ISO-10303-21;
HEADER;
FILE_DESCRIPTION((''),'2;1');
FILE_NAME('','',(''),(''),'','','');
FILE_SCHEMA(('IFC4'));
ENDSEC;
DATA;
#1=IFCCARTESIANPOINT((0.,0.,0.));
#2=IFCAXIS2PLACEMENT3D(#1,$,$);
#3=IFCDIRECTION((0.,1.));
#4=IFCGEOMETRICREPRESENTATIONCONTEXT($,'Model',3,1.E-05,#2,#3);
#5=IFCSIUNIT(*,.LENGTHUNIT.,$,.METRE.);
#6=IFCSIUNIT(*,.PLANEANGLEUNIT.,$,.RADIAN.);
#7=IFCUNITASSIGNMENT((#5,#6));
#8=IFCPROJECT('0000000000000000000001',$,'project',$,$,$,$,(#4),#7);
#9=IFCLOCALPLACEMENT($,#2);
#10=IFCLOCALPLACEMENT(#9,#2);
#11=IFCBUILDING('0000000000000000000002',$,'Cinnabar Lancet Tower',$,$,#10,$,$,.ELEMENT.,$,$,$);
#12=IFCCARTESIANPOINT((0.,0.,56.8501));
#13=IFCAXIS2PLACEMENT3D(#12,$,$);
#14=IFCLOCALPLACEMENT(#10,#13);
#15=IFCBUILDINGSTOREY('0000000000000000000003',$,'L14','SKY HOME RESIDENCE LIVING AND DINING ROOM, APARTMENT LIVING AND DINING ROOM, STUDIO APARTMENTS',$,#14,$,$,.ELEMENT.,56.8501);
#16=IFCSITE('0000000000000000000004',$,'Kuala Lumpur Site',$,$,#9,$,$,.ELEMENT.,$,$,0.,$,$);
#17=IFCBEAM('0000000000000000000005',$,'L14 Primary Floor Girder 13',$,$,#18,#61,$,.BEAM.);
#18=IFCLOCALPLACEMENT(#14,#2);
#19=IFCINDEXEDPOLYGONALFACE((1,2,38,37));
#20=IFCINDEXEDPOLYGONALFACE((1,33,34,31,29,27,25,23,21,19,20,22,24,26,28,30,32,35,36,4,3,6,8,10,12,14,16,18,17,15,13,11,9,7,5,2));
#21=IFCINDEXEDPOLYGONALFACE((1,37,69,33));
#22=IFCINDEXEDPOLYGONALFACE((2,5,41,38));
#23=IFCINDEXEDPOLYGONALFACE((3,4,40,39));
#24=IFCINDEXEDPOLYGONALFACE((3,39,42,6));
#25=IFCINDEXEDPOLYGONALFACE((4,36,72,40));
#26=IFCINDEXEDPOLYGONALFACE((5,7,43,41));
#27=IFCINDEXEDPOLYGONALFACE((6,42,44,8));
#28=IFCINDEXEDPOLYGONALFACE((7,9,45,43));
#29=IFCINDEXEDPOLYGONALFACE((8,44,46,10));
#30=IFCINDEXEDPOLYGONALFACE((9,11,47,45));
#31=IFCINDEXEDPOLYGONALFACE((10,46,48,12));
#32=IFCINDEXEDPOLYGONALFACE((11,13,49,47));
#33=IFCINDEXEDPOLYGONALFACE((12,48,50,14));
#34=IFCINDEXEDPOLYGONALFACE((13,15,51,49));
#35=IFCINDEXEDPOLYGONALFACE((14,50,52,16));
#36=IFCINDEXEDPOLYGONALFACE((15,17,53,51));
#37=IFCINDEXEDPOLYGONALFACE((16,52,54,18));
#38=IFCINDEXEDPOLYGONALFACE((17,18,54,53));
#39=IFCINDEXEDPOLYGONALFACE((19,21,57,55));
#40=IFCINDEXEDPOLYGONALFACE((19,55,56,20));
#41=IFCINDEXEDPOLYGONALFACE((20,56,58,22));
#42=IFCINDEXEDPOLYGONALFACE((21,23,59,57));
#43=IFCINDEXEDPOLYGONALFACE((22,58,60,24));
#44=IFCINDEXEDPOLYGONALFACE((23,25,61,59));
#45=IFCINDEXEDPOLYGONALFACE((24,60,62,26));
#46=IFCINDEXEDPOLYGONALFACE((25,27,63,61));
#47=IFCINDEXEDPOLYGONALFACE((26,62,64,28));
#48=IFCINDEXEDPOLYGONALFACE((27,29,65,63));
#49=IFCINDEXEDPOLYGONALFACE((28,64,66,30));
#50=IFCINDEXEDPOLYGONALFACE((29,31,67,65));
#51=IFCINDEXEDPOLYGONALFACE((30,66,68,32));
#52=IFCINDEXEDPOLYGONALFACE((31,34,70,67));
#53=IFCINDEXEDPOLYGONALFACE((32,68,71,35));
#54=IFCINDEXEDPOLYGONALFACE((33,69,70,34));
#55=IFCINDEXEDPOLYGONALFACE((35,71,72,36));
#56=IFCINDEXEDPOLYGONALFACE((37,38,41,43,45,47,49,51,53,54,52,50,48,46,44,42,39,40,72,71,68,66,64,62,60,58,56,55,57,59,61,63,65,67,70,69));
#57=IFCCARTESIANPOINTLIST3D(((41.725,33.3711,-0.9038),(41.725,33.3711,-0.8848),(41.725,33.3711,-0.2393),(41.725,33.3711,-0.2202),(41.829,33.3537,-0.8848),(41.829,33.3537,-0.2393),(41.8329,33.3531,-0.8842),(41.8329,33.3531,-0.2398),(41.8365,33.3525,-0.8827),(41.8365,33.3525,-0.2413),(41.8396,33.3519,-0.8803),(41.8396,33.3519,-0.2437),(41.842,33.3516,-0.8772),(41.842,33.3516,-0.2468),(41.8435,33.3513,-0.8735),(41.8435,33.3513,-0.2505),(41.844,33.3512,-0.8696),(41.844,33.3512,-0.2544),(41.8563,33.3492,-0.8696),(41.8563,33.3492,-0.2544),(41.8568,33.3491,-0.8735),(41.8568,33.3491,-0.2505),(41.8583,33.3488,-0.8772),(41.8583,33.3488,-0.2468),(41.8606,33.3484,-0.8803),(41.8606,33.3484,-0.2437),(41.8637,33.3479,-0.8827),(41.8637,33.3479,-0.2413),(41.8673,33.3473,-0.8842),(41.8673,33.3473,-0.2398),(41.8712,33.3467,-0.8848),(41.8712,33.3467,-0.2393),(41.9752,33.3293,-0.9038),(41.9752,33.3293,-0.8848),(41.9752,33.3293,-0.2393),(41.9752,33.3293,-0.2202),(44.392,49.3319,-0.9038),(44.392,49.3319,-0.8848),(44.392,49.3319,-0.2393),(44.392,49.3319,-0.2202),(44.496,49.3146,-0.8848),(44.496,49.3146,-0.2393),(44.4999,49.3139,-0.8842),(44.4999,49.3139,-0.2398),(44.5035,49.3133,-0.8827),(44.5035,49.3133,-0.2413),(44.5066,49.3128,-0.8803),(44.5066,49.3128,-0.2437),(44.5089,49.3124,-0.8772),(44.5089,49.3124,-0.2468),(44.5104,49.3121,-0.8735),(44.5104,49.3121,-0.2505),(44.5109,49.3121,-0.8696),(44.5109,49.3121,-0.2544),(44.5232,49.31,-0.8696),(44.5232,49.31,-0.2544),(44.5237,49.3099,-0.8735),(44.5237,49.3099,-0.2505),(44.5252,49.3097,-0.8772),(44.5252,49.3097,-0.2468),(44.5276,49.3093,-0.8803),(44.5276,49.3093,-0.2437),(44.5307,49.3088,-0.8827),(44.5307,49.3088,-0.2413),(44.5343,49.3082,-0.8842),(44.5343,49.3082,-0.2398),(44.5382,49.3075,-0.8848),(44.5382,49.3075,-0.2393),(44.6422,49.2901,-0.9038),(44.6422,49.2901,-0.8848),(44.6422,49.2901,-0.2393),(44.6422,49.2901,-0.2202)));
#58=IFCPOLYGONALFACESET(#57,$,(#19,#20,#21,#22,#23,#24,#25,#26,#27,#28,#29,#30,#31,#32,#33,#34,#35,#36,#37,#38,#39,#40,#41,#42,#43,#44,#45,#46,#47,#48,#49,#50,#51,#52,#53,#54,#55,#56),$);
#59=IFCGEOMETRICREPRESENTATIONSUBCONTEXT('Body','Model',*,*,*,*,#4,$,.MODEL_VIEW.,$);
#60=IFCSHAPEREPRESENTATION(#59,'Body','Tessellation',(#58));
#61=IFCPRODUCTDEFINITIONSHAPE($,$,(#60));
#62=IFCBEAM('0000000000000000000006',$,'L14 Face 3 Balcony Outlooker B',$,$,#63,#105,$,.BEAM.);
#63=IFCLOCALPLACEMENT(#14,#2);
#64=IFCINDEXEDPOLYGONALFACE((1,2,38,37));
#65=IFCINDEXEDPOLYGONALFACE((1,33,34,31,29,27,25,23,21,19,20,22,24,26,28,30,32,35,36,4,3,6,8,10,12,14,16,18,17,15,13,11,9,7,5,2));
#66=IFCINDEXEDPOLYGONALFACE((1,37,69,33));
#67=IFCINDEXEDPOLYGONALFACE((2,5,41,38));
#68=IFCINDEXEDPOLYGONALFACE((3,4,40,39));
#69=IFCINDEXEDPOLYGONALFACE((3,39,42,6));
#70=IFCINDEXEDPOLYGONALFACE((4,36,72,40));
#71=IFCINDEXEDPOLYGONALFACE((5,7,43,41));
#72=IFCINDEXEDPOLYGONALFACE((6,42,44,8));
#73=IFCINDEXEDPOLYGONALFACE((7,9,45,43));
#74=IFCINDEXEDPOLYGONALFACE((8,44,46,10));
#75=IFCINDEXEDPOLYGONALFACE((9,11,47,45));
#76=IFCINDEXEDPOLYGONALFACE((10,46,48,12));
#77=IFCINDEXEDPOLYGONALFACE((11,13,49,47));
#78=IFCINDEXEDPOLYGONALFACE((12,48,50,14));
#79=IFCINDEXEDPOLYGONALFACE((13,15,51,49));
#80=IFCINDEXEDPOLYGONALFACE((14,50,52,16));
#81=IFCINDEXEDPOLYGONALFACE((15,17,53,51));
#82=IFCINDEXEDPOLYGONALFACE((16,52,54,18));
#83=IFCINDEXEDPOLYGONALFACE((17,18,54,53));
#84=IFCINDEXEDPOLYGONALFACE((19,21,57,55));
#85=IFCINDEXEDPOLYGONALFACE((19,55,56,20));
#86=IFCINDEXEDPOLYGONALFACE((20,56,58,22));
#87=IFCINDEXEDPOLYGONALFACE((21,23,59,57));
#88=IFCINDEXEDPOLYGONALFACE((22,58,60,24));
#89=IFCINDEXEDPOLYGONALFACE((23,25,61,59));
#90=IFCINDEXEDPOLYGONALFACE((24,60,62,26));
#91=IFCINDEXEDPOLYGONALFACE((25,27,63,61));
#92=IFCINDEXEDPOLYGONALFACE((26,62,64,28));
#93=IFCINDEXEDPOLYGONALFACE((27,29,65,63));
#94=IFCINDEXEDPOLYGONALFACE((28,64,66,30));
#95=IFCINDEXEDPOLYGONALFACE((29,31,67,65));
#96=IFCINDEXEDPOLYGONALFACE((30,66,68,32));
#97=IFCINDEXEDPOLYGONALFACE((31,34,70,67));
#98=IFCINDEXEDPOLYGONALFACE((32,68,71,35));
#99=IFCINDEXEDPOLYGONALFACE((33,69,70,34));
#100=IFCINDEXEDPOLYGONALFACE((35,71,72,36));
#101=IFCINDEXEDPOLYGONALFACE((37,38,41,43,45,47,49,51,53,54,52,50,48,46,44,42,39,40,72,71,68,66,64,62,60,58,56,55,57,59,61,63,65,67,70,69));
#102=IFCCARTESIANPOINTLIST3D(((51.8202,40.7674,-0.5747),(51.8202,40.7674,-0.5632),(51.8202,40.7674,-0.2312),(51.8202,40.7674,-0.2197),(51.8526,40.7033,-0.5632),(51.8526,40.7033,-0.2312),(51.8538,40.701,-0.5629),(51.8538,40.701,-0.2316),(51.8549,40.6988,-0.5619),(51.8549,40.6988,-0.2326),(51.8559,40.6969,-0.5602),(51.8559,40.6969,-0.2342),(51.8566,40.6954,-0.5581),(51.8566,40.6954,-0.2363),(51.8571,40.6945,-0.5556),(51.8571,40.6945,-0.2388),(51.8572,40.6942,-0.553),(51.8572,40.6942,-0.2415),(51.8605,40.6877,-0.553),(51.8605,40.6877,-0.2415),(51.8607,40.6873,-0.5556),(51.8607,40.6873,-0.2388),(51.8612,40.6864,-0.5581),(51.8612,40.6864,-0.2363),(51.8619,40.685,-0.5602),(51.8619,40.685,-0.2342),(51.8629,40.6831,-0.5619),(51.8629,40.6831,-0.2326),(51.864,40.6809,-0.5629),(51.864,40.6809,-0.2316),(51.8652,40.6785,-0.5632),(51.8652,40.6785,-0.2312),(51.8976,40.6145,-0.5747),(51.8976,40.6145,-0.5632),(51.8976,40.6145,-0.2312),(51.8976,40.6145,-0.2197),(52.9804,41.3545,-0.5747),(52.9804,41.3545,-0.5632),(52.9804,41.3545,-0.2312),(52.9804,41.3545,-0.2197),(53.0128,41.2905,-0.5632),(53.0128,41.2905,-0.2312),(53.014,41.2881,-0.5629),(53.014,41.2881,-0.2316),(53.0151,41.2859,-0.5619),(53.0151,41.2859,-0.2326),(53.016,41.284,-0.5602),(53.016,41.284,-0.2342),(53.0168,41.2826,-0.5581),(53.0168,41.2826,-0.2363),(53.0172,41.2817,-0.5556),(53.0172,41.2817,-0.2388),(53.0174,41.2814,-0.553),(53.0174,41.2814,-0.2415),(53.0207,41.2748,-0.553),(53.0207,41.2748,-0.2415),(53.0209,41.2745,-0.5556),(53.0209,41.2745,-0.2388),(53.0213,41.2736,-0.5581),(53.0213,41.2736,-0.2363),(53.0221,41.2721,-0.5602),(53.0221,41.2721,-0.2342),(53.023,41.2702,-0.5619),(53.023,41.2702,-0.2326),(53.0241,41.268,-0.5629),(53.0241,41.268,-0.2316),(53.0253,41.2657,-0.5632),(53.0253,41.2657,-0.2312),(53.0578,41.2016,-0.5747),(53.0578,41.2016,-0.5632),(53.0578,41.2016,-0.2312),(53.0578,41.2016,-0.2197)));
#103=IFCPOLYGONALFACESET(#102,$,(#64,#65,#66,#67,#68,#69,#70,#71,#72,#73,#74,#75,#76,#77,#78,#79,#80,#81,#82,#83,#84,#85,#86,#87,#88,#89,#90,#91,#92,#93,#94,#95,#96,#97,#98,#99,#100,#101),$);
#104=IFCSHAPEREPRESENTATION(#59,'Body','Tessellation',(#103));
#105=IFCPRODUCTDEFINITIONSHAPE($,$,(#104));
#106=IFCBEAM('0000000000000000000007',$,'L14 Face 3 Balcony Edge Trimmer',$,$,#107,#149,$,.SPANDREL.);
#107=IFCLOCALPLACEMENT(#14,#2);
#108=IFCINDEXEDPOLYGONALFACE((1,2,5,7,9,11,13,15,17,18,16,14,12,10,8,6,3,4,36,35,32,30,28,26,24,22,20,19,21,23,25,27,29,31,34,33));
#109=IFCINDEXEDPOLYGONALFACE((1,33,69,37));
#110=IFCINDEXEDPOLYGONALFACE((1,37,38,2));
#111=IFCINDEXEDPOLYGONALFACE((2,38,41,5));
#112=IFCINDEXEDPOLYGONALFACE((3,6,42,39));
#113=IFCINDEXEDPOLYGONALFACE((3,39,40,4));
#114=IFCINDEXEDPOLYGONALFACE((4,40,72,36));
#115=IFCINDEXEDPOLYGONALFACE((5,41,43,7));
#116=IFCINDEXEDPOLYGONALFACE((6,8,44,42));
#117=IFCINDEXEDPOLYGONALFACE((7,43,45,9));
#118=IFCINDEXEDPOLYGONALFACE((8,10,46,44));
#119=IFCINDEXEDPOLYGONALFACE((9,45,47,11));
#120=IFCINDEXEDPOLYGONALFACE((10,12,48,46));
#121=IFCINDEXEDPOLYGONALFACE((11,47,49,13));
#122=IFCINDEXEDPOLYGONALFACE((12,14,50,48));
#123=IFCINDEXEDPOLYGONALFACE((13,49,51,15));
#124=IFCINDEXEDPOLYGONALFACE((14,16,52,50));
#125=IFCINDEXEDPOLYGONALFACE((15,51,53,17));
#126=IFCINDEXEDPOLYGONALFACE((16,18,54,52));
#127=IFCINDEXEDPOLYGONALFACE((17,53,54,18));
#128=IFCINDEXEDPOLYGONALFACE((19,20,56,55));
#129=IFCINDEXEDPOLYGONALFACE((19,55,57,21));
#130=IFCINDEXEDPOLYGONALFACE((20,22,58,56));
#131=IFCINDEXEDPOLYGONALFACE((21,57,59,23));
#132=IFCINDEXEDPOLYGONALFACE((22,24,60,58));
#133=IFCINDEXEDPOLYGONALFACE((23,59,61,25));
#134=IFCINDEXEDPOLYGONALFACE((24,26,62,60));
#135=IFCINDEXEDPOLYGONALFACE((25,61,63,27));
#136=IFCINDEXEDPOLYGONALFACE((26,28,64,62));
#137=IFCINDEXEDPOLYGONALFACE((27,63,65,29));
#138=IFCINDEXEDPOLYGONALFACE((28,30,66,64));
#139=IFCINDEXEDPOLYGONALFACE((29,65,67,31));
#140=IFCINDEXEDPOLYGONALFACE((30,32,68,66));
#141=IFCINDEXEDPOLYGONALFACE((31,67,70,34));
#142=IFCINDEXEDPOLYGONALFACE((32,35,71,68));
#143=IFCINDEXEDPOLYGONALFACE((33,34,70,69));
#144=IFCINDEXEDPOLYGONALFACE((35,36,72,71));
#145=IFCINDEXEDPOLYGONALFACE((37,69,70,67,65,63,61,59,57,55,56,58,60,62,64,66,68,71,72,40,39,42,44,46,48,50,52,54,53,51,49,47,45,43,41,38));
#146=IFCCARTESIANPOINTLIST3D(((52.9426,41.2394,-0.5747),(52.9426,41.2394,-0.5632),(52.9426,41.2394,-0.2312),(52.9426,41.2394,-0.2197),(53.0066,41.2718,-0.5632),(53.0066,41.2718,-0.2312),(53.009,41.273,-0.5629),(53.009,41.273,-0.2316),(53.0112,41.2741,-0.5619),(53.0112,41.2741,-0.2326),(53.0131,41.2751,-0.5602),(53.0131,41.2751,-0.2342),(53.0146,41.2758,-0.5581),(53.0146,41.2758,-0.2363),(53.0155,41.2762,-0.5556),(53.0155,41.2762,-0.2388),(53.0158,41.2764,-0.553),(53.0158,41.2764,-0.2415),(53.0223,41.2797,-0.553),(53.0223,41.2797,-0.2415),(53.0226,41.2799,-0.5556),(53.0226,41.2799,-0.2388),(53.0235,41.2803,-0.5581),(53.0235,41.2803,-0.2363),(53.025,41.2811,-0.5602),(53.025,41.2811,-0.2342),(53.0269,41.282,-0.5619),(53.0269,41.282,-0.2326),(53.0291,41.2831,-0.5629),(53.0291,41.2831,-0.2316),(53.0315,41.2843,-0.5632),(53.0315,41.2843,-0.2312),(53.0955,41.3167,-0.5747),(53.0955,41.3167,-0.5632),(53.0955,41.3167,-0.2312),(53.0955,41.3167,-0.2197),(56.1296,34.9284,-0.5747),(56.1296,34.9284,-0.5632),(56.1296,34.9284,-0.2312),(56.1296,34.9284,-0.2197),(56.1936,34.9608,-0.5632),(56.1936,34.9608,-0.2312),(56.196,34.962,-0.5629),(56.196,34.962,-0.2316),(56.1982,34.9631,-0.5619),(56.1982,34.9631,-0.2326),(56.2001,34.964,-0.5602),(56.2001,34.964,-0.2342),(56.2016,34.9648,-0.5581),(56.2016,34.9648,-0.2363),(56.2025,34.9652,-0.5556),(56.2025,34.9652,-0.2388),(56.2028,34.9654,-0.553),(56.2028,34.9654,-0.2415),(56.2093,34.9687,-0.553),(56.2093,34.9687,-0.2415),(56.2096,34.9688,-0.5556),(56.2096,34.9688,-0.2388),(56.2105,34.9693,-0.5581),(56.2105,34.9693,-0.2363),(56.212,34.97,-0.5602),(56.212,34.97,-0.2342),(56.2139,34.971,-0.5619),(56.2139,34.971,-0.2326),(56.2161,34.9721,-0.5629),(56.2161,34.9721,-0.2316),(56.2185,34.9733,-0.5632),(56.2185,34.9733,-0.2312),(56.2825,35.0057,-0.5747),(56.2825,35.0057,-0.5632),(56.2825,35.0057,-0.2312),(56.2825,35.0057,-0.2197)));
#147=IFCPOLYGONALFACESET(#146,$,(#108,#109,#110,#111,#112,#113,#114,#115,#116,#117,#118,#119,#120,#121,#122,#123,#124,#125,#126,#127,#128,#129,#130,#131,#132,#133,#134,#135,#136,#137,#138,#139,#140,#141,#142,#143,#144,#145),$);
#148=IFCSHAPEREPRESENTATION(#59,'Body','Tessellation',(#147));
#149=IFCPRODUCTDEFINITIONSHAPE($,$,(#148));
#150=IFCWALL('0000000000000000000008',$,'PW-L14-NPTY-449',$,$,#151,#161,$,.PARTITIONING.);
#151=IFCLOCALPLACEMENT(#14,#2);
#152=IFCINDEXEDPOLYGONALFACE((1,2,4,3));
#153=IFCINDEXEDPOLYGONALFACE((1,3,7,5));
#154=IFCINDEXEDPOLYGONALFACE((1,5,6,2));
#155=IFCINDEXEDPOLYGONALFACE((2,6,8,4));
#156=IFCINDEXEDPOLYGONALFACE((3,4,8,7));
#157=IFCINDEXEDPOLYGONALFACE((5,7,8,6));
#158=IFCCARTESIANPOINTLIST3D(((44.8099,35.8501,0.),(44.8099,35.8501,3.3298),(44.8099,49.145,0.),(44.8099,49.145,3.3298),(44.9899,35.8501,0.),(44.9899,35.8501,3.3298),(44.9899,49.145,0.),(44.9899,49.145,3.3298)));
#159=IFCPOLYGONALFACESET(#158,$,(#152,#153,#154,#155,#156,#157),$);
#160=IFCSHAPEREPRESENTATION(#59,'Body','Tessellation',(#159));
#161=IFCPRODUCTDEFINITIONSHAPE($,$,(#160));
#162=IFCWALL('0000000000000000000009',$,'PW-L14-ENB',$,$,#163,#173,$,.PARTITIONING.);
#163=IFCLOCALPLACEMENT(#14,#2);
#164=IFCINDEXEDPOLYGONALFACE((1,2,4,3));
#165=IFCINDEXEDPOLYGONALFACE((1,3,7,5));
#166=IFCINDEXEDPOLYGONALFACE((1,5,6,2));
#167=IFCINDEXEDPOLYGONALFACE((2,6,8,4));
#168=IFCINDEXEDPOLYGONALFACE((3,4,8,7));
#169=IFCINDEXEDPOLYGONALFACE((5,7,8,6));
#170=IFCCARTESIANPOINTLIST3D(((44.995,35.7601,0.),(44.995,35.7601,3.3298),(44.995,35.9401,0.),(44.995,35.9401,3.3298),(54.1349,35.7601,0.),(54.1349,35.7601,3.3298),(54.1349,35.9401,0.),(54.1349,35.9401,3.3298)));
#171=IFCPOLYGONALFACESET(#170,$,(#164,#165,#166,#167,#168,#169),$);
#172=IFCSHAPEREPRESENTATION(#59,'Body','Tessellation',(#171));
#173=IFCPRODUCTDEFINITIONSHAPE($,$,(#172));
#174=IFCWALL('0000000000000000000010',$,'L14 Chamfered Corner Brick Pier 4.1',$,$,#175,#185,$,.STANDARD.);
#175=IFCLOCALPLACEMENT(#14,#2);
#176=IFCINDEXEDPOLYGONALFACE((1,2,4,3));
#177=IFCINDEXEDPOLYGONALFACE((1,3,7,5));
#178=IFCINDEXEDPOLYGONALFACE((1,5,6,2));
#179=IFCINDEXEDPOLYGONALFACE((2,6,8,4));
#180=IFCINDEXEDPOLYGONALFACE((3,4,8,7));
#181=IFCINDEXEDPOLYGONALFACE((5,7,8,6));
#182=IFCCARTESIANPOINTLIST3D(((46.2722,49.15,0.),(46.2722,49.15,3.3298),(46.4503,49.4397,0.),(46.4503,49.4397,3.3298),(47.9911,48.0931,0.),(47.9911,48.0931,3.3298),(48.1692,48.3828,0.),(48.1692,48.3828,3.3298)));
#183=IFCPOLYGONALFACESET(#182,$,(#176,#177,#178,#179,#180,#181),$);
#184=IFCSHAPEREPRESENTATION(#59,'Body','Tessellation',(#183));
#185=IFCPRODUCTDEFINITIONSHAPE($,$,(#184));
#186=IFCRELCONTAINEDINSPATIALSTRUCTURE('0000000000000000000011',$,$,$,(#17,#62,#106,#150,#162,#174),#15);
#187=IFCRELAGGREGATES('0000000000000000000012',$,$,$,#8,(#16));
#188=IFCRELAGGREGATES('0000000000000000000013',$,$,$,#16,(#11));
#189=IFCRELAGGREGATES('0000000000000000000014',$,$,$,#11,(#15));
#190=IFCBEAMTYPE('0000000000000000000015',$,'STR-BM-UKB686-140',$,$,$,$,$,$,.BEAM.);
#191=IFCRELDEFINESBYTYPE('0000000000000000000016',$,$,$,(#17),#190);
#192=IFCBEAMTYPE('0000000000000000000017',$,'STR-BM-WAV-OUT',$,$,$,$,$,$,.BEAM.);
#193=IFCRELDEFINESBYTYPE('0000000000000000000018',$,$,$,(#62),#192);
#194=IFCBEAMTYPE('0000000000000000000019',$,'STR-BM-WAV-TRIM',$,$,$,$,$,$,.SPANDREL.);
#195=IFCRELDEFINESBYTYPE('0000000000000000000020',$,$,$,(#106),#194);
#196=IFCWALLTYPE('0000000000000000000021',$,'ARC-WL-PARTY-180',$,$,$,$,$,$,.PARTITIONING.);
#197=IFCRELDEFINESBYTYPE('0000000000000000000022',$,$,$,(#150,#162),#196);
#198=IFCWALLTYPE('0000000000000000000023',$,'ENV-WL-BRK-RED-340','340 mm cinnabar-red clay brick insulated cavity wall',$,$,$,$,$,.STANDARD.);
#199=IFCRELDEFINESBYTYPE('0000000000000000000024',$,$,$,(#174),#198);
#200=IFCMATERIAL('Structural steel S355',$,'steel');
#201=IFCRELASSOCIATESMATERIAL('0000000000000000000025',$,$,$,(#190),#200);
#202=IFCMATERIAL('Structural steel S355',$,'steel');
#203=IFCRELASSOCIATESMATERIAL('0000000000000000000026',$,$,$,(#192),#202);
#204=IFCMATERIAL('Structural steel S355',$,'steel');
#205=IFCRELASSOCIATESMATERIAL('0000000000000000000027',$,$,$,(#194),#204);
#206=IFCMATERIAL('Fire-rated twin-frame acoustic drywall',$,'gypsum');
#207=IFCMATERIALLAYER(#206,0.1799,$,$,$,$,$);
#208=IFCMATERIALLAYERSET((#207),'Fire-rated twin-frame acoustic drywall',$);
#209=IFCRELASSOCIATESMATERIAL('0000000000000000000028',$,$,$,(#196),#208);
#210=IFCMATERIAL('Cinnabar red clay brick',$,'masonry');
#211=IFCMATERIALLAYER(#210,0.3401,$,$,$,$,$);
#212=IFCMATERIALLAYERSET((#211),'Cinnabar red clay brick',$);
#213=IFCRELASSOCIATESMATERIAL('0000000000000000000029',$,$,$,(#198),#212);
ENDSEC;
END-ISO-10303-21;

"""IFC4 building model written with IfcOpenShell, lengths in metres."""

from ifc_helpers import new_model, si_unit, direction, frame, frame_2d, origin, origin_2d, place, context, subcontext, project, spatial, rectangle, i_section, extrude, material, layer, layer_set, material_profile, profile_set, type_object, element, save


model = new_model("IFC4")

# Units and contexts
model_context = context("Model", 3, precision=1e-05, world=origin(), true_north=direction((0.0, 1.0)))
body_context = subcontext(model_context, "Body", "Model", "MODEL_VIEW")
ifc_project = project(units=[si_unit("LENGTHUNIT", "METRE"), si_unit("PLANEANGLEUNIT", "RADIAN")], contexts=[model_context])

# Site, building, storey
site_placement = place(None, origin())
site = spatial("IfcSite", under=ifc_project, at=site_placement, Name="Kuala Lumpur Site", CompositionType="ELEMENT", RefElevation=0.0)
building_placement = place(site_placement, origin())
building = spatial("IfcBuilding", under=site, at=building_placement, Name="Cinnabar Lancet Tower", CompositionType="ELEMENT")
storey_placement = place(building_placement, frame((0.0, 0.0, 56.8501)))
storey = spatial("IfcBuildingStorey", under=building, at=storey_placement, Name="L14", Description="SKY HOME RESIDENCE LIVING AND DINING ROOM, APARTMENT LIVING AND DINING ROOM, STUDIO APARTMENTS", CompositionType="ELEMENT", Elevation=56.8501)

# Beams
ifc_material_1 = material(Name="Structural steel S355", Category="steel")
ifc_material_profile_1 = material_profile(ifc_material_1, i_section(OverallWidth=0.2537, OverallDepth=0.6836, WebThickness=0.0125, FlangeThickness=0.019, FilletRadius=0.0151, at=origin_2d()), Name="UKB 686x254x140")
ifc_profile_set_1 = profile_set([ifc_material_profile_1], Name="Structural steel S355")
beam_type_1 = type_object("IfcBeamType", Name="STR-BM-UKB686-140", PredefinedType="BEAM", material=ifc_profile_set_1)
beam_1_placement = place(storey_placement, frame((44.5171, 49.311, -0.562), z_axis=(-0.16481, -0.986325, 0.0), x_axis=(0.986325, -0.16481, 0.0)))
element("IfcBeam", 1, at=beam_1_placement, inside=storey, type_object=beam_type_1, Name="L14 Primary Floor Girder 13", PredefinedType="BEAM", context=body_context, shape_type="SweptSolid", body=[
    extrude(i_section(OverallWidth=0.2537, OverallDepth=0.6836, WebThickness=0.0125, FlangeThickness=0.019, FilletRadius=0.0151, at=origin_2d()), origin(), (0.0, 0.0, 1.0), 16.1821),
])
ifc_material_2 = material(Name="Structural steel S355", Category="steel")
ifc_material_profile_2 = material_profile(ifc_material_2, i_section(OverallWidth=0.1714, OverallDepth=0.355, WebThickness=0.0073, FlangeThickness=0.0115, FilletRadius=0.0103, at=origin_2d()), Name="UKB 356x171x51")
ifc_profile_set_2 = profile_set([ifc_material_profile_2], Name="Structural steel S355")
beam_type_2 = type_object("IfcBeamType", Name="STR-BM-WAV-OUT", PredefinedType="BEAM", material=ifc_profile_set_2)
beam_2_placement = place(storey_placement, frame((51.8589, 40.6909, -0.3972), z_axis=(0.892239, 0.451564, 0.0), x_axis=(-0.451564, 0.892239, 0.0)))
element("IfcBeam", 2, at=beam_2_placement, inside=storey, type_object=beam_type_2, Name="L14 Face 3 Balcony Outlooker B", PredefinedType="BEAM", context=body_context, shape_type="SweptSolid", body=[
    extrude(i_section(OverallWidth=0.1714, OverallDepth=0.355, WebThickness=0.0073, FlangeThickness=0.0115, FilletRadius=0.0103, at=origin_2d()), origin(), (0.0, 0.0, 1.0), 1.3003),
])
ifc_material_3 = material(Name="Structural steel S355", Category="steel")
ifc_material_profile_3 = material_profile(ifc_material_3, i_section(OverallWidth=0.1714, OverallDepth=0.355, WebThickness=0.0073, FlangeThickness=0.0115, FilletRadius=0.0103, at=origin_2d()), Name="UKB 356x171x51")
ifc_profile_set_3 = profile_set([ifc_material_profile_3], Name="Structural steel S355")
beam_type_3 = type_object("IfcBeamType", Name="STR-BM-WAV-TRIM", PredefinedType="SPANDREL", material=ifc_profile_set_3)
beam_3_placement = place(storey_placement, frame((56.2061, 34.967, -0.3972), z_axis=(-0.450774, 0.892638, 0.0), x_axis=(-0.892638, -0.450774, 0.0)))
element("IfcBeam", 3, at=beam_3_placement, inside=storey, type_object=beam_type_3, Name="L14 Face 3 Balcony Edge Trimmer", PredefinedType="SPANDREL", context=body_context, shape_type="SweptSolid", body=[
    extrude(i_section(OverallWidth=0.1714, OverallDepth=0.355, WebThickness=0.0073, FlangeThickness=0.0115, FilletRadius=0.0103, at=origin_2d()), origin(), (0.0, 0.0, 1.0), 7.0701),
])

# Walls
ifc_material_4 = material(Name="Fire-rated twin-frame acoustic drywall", Category="gypsum")
ifc_layer_1 = layer(ifc_material_4, 0.1799)
ifc_layer_set_1 = layer_set([ifc_layer_1], Name="Fire-rated twin-frame acoustic drywall")
wall_type_1 = type_object("IfcWallType", Name="ARC-WL-PARTY-180", PredefinedType="PARTITIONING", material=ifc_layer_set_1)
wall_1_placement = place(storey_placement, frame((44.8999, 35.8501, 0.0), z_axis=(0.0, 0.0, 1.0), x_axis=(0.0, 1.0, 0.0)))
element("IfcWall", 4, at=wall_1_placement, inside=storey, type_object=wall_type_1, Name="PW-L14-NPTY-449", PredefinedType="PARTITIONING", context=body_context, shape_type="SweptSolid", body=[
    extrude(rectangle(XDim=13.2949, YDim=0.1799, at=frame_2d((6.6475, 0.0))), origin(), (0.0, 0.0, 1.0), 3.3298),
])
wall_2_placement = place(storey_placement, frame((44.9951, 35.8501, 0.0), z_axis=(0.0, 0.0, 1.0), x_axis=(1.0, 0.0, 0.0)))
element("IfcWall", 5, at=wall_2_placement, inside=storey, type_object=wall_type_1, Name="PW-L14-ENB", PredefinedType="PARTITIONING", context=body_context, shape_type="SweptSolid", body=[
    extrude(rectangle(XDim=9.1399, YDim=0.1799, at=frame_2d((4.5698, 0.0))), origin(), (0.0, 0.0, 1.0), 3.3298),
])
ifc_material_5 = material(Name="Cinnabar red clay brick", Category="masonry")
ifc_layer_2 = layer(ifc_material_5, 0.3401)
ifc_layer_set_2 = layer_set([ifc_layer_2], Name="Cinnabar red clay brick")
wall_type_2 = type_object("IfcWallType", Name="ENV-WL-BRK-RED-340", Description="340 mm cinnabar-red clay brick insulated cavity wall", PredefinedType="STANDARD", material=ifc_layer_set_2)
wall_3_placement = place(storey_placement, frame((48.0801, 48.238, 0.0), z_axis=(0.0, 0.0, 1.0), x_axis=(-0.85187, 0.523753, 0.0)))
element("IfcWall", 6, at=wall_3_placement, inside=storey, type_object=wall_type_2, Name="L14 Chamfered Corner Brick Pier 4.1", PredefinedType="STANDARD", context=body_context, shape_type="SweptSolid", body=[
    extrude(rectangle(XDim=2.0178, YDim=0.3401, at=frame_2d((1.0088, 0.0))), origin(), (0.0, 0.0, 1.0), 3.3298),
])

save(model, "model.ifc")
